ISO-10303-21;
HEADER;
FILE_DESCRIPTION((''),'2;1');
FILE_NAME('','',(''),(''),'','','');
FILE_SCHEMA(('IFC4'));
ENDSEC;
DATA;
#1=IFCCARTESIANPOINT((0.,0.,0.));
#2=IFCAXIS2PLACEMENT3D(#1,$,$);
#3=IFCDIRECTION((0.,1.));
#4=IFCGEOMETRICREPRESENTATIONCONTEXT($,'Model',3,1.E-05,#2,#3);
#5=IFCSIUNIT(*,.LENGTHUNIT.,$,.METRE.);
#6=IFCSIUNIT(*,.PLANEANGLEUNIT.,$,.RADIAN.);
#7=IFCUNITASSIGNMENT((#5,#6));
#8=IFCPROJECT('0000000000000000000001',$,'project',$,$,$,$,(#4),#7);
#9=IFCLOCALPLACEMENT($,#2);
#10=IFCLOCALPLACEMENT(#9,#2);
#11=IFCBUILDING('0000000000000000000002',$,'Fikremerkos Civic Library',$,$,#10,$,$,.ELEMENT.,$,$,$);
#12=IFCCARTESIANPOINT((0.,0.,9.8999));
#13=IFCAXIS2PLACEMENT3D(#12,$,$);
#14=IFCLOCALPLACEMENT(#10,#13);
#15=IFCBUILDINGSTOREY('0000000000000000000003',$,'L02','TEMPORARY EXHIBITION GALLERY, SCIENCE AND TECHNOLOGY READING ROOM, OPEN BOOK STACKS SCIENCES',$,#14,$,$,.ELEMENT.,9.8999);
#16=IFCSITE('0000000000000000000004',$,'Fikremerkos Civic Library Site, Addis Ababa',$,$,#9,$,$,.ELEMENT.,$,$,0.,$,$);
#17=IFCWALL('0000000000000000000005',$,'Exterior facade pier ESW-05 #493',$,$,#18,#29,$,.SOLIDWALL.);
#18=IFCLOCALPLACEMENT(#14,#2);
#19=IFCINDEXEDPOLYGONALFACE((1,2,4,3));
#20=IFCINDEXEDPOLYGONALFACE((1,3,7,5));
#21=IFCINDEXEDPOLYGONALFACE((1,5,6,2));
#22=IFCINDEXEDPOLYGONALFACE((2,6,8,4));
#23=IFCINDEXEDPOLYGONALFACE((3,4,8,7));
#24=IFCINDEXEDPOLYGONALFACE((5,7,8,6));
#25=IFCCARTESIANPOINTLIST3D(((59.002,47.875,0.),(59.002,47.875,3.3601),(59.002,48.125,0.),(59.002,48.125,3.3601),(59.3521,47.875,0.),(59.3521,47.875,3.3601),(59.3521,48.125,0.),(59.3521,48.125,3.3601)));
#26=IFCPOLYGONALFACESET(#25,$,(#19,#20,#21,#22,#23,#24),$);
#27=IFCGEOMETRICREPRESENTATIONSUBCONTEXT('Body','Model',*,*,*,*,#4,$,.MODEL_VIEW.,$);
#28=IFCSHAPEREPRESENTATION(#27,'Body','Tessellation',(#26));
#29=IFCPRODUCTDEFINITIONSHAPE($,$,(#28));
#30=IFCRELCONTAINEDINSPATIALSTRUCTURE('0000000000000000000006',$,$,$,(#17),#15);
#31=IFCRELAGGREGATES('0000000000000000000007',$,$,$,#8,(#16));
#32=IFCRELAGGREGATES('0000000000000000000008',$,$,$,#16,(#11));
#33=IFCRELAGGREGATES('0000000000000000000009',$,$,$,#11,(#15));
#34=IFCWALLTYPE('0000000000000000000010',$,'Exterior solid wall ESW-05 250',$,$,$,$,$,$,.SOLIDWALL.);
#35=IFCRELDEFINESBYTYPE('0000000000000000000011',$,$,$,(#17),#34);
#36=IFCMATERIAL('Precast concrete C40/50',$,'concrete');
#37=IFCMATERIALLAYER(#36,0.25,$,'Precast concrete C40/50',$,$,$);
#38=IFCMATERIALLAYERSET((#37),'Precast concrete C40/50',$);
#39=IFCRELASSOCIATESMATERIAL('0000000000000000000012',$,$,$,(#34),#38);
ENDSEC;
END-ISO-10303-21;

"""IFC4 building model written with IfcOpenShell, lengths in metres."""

from ifc_helpers import new_model, si_unit, direction, frame, frame_2d, origin, place, context, subcontext, project, spatial, rectangle, extrude, material, layer, layer_set, type_object, element, save


model = new_model("IFC4")

# Units and contexts
model_context = context("Model", 3, precision=1e-05, world=origin(), true_north=direction((0.0, 1.0)))
body_context = subcontext(model_context, "Body", "Model", "MODEL_VIEW")
ifc_project = project(units=[si_unit("LENGTHUNIT", "METRE"), si_unit("PLANEANGLEUNIT", "RADIAN")], contexts=[model_context])

# Site, building, storey
site_placement = place(None, origin())
site = spatial("IfcSite", under=ifc_project, at=site_placement, Name="Fikremerkos Civic Library Site, Addis Ababa", CompositionType="ELEMENT", RefElevation=0.0)
building_placement = place(site_placement, origin())
building = spatial("IfcBuilding", under=site, at=building_placement, Name="Fikremerkos Civic Library", CompositionType="ELEMENT")
storey_placement = place(building_placement, frame((0.0, 0.0, 9.8999)))
storey = spatial("IfcBuildingStorey", under=building, at=storey_placement, Name="L02", Description="TEMPORARY EXHIBITION GALLERY, SCIENCE AND TECHNOLOGY READING ROOM, OPEN BOOK STACKS SCIENCES", CompositionType="ELEMENT", Elevation=9.8999)

# Wall
ifc_material_1 = material(Name="Precast concrete C40/50", Category="concrete")
ifc_layer_1 = layer(ifc_material_1, 0.25, Name="Precast concrete C40/50")
ifc_layer_set_1 = layer_set([ifc_layer_1], Name="Precast concrete C40/50")
wall_type = type_object("IfcWallType", Name="Exterior solid wall ESW-05 250", PredefinedType="SOLIDWALL", material=ifc_layer_set_1)
wall_placement = place(storey_placement, frame((59.002, 48.0, 0.0), z_axis=(0.0, 0.0, 1.0), x_axis=(1.0, 0.0, 0.0)))
element("IfcWall", 1, at=wall_placement, inside=storey, type_object=wall_type, Name="Exterior facade pier ESW-05 #493", PredefinedType="SOLIDWALL", context=body_context, shape_type="SweptSolid", body=[
    extrude(rectangle(XDim=0.3501, YDim=0.25, at=frame_2d((0.175, 0.0))), origin(), (0.0, 0.0, 1.0), 3.3601),
])

save(model, "model.ifc")
